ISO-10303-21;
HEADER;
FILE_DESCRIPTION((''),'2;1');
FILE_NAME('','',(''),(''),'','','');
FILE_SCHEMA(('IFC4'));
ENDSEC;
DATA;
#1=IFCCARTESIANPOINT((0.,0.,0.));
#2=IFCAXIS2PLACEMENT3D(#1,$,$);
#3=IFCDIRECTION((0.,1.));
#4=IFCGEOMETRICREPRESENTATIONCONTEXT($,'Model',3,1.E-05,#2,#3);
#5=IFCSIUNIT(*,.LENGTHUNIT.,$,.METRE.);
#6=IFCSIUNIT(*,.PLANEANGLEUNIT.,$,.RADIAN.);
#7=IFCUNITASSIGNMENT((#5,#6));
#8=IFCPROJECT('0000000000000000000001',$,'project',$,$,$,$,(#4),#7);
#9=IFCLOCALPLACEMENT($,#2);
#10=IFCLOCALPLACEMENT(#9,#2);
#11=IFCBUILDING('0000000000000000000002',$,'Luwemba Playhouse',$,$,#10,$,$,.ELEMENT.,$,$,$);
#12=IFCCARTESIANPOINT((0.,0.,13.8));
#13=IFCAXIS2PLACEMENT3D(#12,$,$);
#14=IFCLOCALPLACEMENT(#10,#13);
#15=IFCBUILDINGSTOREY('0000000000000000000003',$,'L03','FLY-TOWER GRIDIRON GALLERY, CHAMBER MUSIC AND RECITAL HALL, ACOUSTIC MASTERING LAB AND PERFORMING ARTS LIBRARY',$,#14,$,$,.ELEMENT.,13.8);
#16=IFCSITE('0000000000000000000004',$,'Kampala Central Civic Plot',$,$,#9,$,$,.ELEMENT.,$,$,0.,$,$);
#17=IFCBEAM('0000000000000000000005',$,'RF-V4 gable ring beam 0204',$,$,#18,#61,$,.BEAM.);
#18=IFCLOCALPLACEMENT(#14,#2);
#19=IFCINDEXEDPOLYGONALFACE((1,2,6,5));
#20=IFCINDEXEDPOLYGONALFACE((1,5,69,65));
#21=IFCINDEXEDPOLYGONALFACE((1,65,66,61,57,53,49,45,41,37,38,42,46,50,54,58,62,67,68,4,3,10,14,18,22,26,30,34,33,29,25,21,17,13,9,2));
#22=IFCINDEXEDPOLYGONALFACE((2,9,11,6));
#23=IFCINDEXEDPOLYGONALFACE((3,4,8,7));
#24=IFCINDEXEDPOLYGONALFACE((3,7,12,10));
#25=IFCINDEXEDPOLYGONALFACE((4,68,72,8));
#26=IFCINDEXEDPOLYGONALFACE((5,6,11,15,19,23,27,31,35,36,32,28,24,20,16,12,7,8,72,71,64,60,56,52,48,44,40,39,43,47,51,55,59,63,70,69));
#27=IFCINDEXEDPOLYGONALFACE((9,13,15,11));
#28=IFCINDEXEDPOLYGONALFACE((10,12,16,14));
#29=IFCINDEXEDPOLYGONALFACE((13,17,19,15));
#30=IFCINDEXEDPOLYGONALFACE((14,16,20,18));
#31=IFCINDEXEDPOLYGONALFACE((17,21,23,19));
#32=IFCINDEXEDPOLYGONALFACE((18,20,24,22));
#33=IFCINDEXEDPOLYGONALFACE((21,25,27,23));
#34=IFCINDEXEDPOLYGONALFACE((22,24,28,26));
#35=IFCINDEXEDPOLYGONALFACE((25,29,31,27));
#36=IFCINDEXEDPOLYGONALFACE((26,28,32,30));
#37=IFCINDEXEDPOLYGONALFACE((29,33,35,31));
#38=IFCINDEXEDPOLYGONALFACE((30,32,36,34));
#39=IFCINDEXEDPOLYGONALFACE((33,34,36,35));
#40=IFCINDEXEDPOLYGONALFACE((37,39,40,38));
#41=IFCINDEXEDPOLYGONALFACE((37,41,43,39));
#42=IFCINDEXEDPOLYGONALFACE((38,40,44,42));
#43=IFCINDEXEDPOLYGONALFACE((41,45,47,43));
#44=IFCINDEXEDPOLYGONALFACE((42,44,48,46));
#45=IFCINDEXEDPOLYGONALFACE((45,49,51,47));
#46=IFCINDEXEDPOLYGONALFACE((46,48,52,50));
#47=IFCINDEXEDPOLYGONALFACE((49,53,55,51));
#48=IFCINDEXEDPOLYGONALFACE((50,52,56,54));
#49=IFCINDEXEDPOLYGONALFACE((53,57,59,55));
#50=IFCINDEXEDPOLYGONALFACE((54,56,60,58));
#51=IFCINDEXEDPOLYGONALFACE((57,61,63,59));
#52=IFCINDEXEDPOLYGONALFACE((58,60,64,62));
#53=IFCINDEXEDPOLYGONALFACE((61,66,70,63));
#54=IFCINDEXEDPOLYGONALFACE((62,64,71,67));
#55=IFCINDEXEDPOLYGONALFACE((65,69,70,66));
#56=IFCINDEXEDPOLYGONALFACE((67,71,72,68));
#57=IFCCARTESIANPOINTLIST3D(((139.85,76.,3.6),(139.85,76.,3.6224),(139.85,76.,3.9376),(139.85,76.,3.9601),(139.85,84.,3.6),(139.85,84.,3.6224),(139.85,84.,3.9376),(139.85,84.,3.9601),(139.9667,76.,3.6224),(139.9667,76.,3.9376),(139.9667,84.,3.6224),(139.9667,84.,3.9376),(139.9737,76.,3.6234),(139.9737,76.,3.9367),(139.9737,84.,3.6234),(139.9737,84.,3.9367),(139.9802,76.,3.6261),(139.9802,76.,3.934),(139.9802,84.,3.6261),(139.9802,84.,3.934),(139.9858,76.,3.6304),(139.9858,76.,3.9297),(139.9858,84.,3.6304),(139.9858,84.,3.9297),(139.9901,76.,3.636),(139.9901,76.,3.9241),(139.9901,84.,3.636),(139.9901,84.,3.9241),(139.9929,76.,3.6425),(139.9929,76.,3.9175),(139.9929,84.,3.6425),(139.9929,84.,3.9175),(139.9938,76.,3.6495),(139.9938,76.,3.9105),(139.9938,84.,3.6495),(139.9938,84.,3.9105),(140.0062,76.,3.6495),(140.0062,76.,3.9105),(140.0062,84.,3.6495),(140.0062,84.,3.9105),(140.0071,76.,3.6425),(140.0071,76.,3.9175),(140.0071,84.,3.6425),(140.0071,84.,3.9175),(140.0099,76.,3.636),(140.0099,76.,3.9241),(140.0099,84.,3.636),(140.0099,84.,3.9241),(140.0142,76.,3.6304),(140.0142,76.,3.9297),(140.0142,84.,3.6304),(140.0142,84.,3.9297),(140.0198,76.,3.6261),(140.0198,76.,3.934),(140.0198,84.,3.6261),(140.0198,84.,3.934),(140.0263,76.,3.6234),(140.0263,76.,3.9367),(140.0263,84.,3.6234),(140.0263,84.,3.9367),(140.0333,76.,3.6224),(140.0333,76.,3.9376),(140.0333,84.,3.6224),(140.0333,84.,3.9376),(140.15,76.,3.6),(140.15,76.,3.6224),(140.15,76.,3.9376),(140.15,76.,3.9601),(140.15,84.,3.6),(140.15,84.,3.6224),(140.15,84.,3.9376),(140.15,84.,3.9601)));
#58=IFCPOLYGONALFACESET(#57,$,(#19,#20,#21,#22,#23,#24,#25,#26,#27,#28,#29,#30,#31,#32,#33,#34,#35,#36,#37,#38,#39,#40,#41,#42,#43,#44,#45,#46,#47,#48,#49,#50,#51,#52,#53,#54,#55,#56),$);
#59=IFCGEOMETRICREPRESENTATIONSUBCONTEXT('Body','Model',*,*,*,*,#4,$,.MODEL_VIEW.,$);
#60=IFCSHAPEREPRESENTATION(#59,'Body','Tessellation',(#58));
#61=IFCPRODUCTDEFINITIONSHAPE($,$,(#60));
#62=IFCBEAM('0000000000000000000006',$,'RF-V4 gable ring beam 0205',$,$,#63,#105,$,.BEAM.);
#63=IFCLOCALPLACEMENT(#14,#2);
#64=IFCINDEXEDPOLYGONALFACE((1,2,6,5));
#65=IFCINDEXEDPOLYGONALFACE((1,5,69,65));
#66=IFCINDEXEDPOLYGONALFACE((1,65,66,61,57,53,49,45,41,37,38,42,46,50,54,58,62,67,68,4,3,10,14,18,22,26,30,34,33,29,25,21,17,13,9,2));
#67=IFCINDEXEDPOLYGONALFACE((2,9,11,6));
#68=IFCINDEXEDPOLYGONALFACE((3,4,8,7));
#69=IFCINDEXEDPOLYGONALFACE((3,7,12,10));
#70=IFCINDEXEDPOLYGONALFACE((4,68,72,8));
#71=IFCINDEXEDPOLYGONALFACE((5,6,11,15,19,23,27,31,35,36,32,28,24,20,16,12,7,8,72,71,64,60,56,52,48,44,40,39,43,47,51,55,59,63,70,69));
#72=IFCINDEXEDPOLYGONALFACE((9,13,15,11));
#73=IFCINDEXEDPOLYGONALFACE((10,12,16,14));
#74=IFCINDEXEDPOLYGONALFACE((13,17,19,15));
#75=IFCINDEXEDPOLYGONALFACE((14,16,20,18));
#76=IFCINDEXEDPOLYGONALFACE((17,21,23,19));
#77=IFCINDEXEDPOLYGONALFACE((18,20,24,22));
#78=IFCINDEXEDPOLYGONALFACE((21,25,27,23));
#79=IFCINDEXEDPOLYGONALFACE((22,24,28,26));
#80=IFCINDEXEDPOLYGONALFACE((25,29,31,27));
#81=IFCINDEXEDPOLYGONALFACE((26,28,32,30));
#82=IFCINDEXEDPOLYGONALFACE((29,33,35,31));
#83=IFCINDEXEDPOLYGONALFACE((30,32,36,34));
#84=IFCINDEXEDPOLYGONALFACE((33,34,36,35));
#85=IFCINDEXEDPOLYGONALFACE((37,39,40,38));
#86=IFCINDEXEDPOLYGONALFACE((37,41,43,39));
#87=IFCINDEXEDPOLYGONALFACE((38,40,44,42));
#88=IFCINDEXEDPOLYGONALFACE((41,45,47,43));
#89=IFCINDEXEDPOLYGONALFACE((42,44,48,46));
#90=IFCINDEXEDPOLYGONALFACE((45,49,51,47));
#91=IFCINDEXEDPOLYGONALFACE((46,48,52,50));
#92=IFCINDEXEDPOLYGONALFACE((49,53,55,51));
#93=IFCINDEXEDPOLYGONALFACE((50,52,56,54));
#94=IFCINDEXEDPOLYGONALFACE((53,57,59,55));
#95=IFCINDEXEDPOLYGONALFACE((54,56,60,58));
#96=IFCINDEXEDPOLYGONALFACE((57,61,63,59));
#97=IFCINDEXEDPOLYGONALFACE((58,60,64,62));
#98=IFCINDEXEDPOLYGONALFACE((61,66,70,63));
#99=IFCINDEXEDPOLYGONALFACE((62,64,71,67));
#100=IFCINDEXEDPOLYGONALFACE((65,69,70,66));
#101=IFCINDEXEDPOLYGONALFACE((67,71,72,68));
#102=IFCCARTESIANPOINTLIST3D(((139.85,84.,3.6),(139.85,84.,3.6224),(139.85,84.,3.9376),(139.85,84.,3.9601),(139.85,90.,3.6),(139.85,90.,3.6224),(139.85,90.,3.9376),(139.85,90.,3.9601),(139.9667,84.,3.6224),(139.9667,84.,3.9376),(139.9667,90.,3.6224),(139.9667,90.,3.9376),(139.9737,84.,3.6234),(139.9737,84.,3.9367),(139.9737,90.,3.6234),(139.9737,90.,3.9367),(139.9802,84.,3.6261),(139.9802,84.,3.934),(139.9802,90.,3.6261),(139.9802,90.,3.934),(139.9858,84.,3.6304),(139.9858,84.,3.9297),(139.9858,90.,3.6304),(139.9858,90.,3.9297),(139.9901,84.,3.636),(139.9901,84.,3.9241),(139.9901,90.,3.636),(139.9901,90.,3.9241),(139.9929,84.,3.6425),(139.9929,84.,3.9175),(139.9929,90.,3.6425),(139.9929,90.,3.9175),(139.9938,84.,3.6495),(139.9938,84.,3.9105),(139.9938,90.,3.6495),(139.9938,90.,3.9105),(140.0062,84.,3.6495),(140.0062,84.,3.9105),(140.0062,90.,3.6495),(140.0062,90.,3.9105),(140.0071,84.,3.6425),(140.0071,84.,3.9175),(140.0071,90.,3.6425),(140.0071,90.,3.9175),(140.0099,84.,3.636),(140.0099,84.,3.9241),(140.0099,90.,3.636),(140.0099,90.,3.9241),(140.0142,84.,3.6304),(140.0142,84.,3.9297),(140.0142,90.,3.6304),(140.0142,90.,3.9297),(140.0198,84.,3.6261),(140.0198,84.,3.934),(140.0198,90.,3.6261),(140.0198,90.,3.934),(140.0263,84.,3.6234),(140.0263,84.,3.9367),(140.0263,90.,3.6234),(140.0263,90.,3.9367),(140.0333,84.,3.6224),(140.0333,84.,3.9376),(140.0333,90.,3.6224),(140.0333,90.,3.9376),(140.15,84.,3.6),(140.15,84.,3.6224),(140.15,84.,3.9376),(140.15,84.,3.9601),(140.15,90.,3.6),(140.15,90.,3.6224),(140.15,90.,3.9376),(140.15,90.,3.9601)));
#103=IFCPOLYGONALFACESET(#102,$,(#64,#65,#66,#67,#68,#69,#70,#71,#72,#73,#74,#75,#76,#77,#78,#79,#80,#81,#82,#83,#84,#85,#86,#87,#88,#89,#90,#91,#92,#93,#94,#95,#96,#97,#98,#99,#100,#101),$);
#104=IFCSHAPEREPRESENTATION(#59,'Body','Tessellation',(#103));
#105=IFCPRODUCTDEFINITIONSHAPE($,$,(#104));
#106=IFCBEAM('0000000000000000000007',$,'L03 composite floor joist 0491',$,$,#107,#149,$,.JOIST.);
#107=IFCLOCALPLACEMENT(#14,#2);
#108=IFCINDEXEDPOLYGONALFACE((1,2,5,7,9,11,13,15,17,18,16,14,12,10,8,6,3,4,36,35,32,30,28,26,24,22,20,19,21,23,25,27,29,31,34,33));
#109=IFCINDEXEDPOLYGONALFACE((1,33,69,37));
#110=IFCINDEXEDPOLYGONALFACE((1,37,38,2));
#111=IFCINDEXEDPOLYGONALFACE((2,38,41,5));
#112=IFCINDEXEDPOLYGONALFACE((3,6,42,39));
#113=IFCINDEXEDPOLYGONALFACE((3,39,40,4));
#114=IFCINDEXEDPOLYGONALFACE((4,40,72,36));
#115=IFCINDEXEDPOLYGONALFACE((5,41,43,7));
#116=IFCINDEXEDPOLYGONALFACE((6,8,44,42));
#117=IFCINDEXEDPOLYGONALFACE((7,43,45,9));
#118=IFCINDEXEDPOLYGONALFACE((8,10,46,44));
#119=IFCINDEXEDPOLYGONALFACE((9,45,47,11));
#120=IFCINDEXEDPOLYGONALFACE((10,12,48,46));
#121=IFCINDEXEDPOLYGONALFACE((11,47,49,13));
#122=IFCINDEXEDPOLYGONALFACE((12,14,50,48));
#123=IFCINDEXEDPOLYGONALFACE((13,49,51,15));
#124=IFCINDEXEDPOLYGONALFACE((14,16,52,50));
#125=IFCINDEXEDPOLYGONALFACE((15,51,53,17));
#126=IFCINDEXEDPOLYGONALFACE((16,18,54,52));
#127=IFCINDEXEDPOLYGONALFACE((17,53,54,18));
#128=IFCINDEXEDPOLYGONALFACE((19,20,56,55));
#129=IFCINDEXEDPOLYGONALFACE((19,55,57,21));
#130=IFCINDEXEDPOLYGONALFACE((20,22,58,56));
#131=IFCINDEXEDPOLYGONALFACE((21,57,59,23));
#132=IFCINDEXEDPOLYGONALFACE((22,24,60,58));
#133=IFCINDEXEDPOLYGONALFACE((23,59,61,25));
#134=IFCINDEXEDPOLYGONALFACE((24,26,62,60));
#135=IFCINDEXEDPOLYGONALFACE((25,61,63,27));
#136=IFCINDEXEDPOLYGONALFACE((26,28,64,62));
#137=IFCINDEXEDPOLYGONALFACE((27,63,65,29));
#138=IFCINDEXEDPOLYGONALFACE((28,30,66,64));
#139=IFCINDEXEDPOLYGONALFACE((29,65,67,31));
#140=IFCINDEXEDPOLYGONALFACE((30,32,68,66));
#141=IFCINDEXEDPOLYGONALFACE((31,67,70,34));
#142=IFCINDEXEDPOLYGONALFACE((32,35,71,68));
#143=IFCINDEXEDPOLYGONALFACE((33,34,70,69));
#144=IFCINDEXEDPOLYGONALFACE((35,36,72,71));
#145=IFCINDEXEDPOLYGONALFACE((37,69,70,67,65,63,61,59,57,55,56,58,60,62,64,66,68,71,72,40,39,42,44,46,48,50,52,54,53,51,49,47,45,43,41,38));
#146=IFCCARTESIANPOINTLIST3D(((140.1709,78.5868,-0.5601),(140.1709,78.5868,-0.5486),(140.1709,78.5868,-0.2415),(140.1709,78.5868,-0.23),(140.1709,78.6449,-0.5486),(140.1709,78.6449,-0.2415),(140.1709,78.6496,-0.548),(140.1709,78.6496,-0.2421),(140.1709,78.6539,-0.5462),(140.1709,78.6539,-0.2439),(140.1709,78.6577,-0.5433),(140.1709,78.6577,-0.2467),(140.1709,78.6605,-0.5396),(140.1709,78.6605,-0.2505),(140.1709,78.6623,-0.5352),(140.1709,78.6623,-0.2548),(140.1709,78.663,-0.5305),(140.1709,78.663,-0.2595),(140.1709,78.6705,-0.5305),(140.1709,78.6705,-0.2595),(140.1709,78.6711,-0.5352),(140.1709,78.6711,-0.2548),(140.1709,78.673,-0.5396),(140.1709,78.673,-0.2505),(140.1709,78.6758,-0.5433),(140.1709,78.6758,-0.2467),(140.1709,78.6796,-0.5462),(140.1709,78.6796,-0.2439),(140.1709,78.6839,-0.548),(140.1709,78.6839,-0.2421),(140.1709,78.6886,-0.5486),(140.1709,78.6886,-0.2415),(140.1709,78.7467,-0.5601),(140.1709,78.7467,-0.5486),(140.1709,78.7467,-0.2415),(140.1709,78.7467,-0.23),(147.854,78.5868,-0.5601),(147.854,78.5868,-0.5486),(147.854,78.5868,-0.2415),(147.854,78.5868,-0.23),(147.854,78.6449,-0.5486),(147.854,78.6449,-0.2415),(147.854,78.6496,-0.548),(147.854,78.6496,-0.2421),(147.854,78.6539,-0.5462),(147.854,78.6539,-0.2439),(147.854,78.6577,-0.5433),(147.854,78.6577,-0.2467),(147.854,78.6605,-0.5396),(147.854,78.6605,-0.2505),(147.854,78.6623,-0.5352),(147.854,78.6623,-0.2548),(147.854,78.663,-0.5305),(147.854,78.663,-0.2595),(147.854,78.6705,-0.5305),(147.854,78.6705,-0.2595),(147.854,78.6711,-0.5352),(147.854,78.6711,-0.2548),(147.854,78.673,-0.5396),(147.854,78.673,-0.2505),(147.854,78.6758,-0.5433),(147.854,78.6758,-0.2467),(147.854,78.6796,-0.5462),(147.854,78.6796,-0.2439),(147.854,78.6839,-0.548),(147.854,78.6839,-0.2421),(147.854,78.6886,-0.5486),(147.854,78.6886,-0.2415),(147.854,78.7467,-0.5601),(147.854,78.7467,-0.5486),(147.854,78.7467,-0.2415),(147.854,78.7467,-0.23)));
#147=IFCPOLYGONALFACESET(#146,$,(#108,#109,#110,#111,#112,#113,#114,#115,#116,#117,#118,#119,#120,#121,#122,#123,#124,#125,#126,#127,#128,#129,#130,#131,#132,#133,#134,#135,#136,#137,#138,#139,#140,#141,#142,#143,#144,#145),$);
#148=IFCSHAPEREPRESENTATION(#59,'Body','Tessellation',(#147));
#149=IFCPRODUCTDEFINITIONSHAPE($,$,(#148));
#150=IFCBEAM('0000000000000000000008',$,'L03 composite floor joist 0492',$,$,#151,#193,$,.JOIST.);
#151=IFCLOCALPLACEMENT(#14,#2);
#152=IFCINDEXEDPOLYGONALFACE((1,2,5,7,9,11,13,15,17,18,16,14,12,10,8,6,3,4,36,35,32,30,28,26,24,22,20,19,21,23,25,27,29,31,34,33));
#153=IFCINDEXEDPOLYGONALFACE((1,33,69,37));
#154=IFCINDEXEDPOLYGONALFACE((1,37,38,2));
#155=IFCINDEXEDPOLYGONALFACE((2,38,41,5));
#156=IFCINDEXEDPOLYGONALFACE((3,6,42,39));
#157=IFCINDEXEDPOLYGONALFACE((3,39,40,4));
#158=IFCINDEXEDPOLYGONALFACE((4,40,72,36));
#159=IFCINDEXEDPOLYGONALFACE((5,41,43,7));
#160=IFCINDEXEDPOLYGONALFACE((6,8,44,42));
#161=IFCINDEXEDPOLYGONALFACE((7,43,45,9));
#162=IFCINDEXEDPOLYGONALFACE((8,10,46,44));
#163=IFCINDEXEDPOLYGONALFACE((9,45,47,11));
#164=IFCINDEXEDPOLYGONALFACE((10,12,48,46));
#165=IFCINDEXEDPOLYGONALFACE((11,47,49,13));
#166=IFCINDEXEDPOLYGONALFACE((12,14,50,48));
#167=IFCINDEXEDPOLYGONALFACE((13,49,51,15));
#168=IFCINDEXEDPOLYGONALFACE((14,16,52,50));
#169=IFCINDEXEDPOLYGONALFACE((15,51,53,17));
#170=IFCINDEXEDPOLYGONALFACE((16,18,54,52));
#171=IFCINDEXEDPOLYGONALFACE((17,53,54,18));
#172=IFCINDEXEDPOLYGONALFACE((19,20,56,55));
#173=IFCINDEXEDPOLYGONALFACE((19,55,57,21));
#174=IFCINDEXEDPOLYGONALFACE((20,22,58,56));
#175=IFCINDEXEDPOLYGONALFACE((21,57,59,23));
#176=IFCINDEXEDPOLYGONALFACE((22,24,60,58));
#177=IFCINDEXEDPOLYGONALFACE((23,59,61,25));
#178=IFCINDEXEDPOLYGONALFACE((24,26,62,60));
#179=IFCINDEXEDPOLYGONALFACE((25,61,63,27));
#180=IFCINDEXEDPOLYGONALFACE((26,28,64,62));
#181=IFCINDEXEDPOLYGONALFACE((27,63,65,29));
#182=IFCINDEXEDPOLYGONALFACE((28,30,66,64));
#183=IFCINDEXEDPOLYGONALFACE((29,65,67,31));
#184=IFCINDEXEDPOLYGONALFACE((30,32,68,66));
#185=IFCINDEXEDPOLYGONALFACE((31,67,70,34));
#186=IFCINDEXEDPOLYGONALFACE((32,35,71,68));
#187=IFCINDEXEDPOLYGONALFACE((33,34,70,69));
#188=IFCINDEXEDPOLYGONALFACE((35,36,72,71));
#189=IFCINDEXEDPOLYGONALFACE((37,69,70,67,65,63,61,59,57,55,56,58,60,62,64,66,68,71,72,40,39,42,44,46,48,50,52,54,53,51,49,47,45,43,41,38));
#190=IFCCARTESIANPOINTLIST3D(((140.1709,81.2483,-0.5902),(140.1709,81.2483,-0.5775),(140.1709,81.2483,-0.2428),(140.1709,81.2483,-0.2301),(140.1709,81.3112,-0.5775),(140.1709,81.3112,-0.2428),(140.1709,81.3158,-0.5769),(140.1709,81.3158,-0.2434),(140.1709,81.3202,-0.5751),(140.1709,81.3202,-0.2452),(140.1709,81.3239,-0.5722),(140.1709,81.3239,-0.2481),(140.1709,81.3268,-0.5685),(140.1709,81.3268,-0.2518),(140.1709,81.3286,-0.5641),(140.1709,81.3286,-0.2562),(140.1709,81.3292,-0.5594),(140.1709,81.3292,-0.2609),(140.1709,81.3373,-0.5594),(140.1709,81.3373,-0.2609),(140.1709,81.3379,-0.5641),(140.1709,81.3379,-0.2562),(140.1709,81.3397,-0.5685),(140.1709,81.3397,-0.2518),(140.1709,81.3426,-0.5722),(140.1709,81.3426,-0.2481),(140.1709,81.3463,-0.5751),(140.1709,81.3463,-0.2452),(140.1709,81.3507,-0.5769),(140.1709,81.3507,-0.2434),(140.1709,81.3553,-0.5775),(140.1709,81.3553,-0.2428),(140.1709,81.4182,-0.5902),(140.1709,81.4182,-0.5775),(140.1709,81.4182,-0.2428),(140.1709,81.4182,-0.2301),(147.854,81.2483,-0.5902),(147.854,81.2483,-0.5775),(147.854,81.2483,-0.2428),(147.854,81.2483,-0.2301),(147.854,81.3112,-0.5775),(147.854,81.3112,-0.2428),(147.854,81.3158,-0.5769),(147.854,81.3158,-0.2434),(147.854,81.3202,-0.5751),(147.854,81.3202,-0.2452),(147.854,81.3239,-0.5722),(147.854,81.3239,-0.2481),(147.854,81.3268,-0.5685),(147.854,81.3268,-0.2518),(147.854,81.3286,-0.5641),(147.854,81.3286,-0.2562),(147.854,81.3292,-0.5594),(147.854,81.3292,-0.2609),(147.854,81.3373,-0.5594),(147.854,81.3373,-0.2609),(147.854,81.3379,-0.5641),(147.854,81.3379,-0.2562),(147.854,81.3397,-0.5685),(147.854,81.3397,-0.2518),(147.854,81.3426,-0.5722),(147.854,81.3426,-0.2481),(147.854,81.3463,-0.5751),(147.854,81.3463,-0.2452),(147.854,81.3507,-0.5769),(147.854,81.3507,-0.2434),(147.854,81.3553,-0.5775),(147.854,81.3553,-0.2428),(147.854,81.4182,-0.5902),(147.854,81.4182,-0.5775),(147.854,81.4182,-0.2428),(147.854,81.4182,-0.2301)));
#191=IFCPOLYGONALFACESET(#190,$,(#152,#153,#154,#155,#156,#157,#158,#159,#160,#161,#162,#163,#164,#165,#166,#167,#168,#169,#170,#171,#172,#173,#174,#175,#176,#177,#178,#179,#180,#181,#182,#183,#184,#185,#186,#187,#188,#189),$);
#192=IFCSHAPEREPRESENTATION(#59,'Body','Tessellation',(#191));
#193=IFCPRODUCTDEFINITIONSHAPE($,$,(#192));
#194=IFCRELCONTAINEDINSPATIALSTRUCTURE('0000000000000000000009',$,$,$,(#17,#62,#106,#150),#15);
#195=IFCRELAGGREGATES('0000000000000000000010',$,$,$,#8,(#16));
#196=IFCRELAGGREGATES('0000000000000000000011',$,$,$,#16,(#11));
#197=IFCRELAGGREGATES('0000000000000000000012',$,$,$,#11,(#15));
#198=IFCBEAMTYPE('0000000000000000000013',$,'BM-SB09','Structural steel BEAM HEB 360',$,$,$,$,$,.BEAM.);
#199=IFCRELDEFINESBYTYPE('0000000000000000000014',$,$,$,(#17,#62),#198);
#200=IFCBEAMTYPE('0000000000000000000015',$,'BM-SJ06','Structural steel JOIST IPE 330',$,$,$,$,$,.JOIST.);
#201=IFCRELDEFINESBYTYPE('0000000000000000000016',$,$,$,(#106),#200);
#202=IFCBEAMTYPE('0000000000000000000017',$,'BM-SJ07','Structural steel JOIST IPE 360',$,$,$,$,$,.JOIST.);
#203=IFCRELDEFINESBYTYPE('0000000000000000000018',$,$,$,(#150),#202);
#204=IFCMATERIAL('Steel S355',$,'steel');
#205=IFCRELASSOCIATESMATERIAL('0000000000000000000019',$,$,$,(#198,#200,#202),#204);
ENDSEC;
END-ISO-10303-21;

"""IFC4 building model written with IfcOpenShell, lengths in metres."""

from ifc_helpers import new_model, si_unit, direction, frame, origin, origin_2d, place, context, subcontext, project, spatial, i_section, extrude, material, material_profile, profile_set, type_object, element, save


model = new_model("IFC4")

# Units and contexts
model_context = context("Model", 3, precision=1e-05, world=origin(), true_north=direction((0.0, 1.0)))
body_context = subcontext(model_context, "Body", "Model", "MODEL_VIEW")
ifc_project = project(units=[si_unit("LENGTHUNIT", "METRE"), si_unit("PLANEANGLEUNIT", "RADIAN")], contexts=[model_context])

# Site, building, storey
site_placement = place(None, origin())
site = spatial("IfcSite", under=ifc_project, at=site_placement, Name="Kampala Central Civic Plot", CompositionType="ELEMENT", RefElevation=0.0)
building_placement = place(site_placement, origin())
building = spatial("IfcBuilding", under=site, at=building_placement, Name="Luwemba Playhouse", CompositionType="ELEMENT")
storey_placement = place(building_placement, frame((0.0, 0.0, 13.8)))
storey = spatial("IfcBuildingStorey", under=building, at=storey_placement, Name="L03", Description="FLY-TOWER GRIDIRON GALLERY, CHAMBER MUSIC AND RECITAL HALL, ACOUSTIC MASTERING LAB AND PERFORMING ARTS LIBRARY", CompositionType="ELEMENT", Elevation=13.8)

# Beams
ifc_material_1 = material(Name="Steel S355", Category="steel")
ifc_material_profile_1 = material_profile(ifc_material_1, i_section(OverallWidth=0.3, OverallDepth=0.3601, WebThickness=0.0125, FlangeThickness=0.0225, FilletRadius=0.0271, at=origin_2d()))
ifc_profile_set_1 = profile_set([ifc_material_profile_1], Name="Steel S355")
beam_type_1 = type_object("IfcBeamType", Name="BM-SB09", Description="Structural steel BEAM HEB 360", PredefinedType="BEAM", material=ifc_profile_set_1)
beam_1_placement = place(storey_placement, frame((140.0, 76.0, 3.78), z_axis=(0.0, 1.0, 0.0), x_axis=(-1.0, 0.0, 0.0)))
element("IfcBeam", 1, at=beam_1_placement, inside=storey, type_object=beam_type_1, Name="RF-V4 gable ring beam 0204", PredefinedType="BEAM", context=body_context, shape_type="SweptSolid", body=[
    extrude(i_section(OverallWidth=0.3, OverallDepth=0.3601, WebThickness=0.0125, FlangeThickness=0.0225, FilletRadius=0.0271, at=origin_2d()), origin(), (0.0, 0.0, 1.0), 8.0),
])
beam_2_placement = place(storey_placement, frame((140.0, 84.0, 3.78), z_axis=(0.0, 1.0, 0.0), x_axis=(-1.0, 0.0, 0.0)))
element("IfcBeam", 2, at=beam_2_placement, inside=storey, type_object=beam_type_1, Name="RF-V4 gable ring beam 0205", PredefinedType="BEAM", context=body_context, shape_type="SweptSolid", body=[
    extrude(i_section(OverallWidth=0.3, OverallDepth=0.3601, WebThickness=0.0125, FlangeThickness=0.0225, FilletRadius=0.0271, at=origin_2d()), origin(), (0.0, 0.0, 1.0), 6.0),
])
ifc_material_profile_2 = material_profile(ifc_material_1, i_section(OverallWidth=0.1599, OverallDepth=0.3301, WebThickness=0.0076, FlangeThickness=0.0115, FilletRadius=0.0181, at=origin_2d()))
ifc_profile_set_2 = profile_set([ifc_material_profile_2], Name="Steel S355")
beam_type_2 = type_object("IfcBeamType", Name="BM-SJ06", Description="Structural steel JOIST IPE 330", PredefinedType="JOIST", material=ifc_profile_set_2)
beam_3_placement = place(storey_placement, frame((140.1709, 78.6667, -0.395), z_axis=(1.0, 0.0, 0.0), x_axis=(0.0, 1.0, 0.0)))
element("IfcBeam", 3, at=beam_3_placement, inside=storey, type_object=beam_type_2, Name="L03 composite floor joist 0491", PredefinedType="JOIST", context=body_context, shape_type="SweptSolid", body=[
    extrude(i_section(OverallWidth=0.1599, OverallDepth=0.3301, WebThickness=0.0076, FlangeThickness=0.0115, FilletRadius=0.0181, at=origin_2d()), origin(), (0.0, 0.0, 1.0), 7.6831),
])
ifc_material_profile_3 = material_profile(ifc_material_1, i_section(OverallWidth=0.1699, OverallDepth=0.3601, WebThickness=0.0081, FlangeThickness=0.0127, FilletRadius=0.0181, at=origin_2d()))
ifc_profile_set_3 = profile_set([ifc_material_profile_3], Name="Steel S355")
beam_type_3 = type_object("IfcBeamType", Name="BM-SJ07", Description="Structural steel JOIST IPE 360", PredefinedType="JOIST", material=ifc_profile_set_3)
beam_4_placement = place(storey_placement, frame((140.1709, 81.3333, -0.4102), z_axis=(1.0, 0.0, 0.0), x_axis=(0.0, 1.0, 0.0)))
element("IfcBeam", 4, at=beam_4_placement, inside=storey, type_object=beam_type_3, Name="L03 composite floor joist 0492", PredefinedType="JOIST", context=body_context, shape_type="SweptSolid", body=[
    extrude(i_section(OverallWidth=0.1699, OverallDepth=0.3601, WebThickness=0.0081, FlangeThickness=0.0127, FilletRadius=0.0181, at=origin_2d()), origin(), (0.0, 0.0, 1.0), 7.6831),
])

save(model, "model.ifc")
